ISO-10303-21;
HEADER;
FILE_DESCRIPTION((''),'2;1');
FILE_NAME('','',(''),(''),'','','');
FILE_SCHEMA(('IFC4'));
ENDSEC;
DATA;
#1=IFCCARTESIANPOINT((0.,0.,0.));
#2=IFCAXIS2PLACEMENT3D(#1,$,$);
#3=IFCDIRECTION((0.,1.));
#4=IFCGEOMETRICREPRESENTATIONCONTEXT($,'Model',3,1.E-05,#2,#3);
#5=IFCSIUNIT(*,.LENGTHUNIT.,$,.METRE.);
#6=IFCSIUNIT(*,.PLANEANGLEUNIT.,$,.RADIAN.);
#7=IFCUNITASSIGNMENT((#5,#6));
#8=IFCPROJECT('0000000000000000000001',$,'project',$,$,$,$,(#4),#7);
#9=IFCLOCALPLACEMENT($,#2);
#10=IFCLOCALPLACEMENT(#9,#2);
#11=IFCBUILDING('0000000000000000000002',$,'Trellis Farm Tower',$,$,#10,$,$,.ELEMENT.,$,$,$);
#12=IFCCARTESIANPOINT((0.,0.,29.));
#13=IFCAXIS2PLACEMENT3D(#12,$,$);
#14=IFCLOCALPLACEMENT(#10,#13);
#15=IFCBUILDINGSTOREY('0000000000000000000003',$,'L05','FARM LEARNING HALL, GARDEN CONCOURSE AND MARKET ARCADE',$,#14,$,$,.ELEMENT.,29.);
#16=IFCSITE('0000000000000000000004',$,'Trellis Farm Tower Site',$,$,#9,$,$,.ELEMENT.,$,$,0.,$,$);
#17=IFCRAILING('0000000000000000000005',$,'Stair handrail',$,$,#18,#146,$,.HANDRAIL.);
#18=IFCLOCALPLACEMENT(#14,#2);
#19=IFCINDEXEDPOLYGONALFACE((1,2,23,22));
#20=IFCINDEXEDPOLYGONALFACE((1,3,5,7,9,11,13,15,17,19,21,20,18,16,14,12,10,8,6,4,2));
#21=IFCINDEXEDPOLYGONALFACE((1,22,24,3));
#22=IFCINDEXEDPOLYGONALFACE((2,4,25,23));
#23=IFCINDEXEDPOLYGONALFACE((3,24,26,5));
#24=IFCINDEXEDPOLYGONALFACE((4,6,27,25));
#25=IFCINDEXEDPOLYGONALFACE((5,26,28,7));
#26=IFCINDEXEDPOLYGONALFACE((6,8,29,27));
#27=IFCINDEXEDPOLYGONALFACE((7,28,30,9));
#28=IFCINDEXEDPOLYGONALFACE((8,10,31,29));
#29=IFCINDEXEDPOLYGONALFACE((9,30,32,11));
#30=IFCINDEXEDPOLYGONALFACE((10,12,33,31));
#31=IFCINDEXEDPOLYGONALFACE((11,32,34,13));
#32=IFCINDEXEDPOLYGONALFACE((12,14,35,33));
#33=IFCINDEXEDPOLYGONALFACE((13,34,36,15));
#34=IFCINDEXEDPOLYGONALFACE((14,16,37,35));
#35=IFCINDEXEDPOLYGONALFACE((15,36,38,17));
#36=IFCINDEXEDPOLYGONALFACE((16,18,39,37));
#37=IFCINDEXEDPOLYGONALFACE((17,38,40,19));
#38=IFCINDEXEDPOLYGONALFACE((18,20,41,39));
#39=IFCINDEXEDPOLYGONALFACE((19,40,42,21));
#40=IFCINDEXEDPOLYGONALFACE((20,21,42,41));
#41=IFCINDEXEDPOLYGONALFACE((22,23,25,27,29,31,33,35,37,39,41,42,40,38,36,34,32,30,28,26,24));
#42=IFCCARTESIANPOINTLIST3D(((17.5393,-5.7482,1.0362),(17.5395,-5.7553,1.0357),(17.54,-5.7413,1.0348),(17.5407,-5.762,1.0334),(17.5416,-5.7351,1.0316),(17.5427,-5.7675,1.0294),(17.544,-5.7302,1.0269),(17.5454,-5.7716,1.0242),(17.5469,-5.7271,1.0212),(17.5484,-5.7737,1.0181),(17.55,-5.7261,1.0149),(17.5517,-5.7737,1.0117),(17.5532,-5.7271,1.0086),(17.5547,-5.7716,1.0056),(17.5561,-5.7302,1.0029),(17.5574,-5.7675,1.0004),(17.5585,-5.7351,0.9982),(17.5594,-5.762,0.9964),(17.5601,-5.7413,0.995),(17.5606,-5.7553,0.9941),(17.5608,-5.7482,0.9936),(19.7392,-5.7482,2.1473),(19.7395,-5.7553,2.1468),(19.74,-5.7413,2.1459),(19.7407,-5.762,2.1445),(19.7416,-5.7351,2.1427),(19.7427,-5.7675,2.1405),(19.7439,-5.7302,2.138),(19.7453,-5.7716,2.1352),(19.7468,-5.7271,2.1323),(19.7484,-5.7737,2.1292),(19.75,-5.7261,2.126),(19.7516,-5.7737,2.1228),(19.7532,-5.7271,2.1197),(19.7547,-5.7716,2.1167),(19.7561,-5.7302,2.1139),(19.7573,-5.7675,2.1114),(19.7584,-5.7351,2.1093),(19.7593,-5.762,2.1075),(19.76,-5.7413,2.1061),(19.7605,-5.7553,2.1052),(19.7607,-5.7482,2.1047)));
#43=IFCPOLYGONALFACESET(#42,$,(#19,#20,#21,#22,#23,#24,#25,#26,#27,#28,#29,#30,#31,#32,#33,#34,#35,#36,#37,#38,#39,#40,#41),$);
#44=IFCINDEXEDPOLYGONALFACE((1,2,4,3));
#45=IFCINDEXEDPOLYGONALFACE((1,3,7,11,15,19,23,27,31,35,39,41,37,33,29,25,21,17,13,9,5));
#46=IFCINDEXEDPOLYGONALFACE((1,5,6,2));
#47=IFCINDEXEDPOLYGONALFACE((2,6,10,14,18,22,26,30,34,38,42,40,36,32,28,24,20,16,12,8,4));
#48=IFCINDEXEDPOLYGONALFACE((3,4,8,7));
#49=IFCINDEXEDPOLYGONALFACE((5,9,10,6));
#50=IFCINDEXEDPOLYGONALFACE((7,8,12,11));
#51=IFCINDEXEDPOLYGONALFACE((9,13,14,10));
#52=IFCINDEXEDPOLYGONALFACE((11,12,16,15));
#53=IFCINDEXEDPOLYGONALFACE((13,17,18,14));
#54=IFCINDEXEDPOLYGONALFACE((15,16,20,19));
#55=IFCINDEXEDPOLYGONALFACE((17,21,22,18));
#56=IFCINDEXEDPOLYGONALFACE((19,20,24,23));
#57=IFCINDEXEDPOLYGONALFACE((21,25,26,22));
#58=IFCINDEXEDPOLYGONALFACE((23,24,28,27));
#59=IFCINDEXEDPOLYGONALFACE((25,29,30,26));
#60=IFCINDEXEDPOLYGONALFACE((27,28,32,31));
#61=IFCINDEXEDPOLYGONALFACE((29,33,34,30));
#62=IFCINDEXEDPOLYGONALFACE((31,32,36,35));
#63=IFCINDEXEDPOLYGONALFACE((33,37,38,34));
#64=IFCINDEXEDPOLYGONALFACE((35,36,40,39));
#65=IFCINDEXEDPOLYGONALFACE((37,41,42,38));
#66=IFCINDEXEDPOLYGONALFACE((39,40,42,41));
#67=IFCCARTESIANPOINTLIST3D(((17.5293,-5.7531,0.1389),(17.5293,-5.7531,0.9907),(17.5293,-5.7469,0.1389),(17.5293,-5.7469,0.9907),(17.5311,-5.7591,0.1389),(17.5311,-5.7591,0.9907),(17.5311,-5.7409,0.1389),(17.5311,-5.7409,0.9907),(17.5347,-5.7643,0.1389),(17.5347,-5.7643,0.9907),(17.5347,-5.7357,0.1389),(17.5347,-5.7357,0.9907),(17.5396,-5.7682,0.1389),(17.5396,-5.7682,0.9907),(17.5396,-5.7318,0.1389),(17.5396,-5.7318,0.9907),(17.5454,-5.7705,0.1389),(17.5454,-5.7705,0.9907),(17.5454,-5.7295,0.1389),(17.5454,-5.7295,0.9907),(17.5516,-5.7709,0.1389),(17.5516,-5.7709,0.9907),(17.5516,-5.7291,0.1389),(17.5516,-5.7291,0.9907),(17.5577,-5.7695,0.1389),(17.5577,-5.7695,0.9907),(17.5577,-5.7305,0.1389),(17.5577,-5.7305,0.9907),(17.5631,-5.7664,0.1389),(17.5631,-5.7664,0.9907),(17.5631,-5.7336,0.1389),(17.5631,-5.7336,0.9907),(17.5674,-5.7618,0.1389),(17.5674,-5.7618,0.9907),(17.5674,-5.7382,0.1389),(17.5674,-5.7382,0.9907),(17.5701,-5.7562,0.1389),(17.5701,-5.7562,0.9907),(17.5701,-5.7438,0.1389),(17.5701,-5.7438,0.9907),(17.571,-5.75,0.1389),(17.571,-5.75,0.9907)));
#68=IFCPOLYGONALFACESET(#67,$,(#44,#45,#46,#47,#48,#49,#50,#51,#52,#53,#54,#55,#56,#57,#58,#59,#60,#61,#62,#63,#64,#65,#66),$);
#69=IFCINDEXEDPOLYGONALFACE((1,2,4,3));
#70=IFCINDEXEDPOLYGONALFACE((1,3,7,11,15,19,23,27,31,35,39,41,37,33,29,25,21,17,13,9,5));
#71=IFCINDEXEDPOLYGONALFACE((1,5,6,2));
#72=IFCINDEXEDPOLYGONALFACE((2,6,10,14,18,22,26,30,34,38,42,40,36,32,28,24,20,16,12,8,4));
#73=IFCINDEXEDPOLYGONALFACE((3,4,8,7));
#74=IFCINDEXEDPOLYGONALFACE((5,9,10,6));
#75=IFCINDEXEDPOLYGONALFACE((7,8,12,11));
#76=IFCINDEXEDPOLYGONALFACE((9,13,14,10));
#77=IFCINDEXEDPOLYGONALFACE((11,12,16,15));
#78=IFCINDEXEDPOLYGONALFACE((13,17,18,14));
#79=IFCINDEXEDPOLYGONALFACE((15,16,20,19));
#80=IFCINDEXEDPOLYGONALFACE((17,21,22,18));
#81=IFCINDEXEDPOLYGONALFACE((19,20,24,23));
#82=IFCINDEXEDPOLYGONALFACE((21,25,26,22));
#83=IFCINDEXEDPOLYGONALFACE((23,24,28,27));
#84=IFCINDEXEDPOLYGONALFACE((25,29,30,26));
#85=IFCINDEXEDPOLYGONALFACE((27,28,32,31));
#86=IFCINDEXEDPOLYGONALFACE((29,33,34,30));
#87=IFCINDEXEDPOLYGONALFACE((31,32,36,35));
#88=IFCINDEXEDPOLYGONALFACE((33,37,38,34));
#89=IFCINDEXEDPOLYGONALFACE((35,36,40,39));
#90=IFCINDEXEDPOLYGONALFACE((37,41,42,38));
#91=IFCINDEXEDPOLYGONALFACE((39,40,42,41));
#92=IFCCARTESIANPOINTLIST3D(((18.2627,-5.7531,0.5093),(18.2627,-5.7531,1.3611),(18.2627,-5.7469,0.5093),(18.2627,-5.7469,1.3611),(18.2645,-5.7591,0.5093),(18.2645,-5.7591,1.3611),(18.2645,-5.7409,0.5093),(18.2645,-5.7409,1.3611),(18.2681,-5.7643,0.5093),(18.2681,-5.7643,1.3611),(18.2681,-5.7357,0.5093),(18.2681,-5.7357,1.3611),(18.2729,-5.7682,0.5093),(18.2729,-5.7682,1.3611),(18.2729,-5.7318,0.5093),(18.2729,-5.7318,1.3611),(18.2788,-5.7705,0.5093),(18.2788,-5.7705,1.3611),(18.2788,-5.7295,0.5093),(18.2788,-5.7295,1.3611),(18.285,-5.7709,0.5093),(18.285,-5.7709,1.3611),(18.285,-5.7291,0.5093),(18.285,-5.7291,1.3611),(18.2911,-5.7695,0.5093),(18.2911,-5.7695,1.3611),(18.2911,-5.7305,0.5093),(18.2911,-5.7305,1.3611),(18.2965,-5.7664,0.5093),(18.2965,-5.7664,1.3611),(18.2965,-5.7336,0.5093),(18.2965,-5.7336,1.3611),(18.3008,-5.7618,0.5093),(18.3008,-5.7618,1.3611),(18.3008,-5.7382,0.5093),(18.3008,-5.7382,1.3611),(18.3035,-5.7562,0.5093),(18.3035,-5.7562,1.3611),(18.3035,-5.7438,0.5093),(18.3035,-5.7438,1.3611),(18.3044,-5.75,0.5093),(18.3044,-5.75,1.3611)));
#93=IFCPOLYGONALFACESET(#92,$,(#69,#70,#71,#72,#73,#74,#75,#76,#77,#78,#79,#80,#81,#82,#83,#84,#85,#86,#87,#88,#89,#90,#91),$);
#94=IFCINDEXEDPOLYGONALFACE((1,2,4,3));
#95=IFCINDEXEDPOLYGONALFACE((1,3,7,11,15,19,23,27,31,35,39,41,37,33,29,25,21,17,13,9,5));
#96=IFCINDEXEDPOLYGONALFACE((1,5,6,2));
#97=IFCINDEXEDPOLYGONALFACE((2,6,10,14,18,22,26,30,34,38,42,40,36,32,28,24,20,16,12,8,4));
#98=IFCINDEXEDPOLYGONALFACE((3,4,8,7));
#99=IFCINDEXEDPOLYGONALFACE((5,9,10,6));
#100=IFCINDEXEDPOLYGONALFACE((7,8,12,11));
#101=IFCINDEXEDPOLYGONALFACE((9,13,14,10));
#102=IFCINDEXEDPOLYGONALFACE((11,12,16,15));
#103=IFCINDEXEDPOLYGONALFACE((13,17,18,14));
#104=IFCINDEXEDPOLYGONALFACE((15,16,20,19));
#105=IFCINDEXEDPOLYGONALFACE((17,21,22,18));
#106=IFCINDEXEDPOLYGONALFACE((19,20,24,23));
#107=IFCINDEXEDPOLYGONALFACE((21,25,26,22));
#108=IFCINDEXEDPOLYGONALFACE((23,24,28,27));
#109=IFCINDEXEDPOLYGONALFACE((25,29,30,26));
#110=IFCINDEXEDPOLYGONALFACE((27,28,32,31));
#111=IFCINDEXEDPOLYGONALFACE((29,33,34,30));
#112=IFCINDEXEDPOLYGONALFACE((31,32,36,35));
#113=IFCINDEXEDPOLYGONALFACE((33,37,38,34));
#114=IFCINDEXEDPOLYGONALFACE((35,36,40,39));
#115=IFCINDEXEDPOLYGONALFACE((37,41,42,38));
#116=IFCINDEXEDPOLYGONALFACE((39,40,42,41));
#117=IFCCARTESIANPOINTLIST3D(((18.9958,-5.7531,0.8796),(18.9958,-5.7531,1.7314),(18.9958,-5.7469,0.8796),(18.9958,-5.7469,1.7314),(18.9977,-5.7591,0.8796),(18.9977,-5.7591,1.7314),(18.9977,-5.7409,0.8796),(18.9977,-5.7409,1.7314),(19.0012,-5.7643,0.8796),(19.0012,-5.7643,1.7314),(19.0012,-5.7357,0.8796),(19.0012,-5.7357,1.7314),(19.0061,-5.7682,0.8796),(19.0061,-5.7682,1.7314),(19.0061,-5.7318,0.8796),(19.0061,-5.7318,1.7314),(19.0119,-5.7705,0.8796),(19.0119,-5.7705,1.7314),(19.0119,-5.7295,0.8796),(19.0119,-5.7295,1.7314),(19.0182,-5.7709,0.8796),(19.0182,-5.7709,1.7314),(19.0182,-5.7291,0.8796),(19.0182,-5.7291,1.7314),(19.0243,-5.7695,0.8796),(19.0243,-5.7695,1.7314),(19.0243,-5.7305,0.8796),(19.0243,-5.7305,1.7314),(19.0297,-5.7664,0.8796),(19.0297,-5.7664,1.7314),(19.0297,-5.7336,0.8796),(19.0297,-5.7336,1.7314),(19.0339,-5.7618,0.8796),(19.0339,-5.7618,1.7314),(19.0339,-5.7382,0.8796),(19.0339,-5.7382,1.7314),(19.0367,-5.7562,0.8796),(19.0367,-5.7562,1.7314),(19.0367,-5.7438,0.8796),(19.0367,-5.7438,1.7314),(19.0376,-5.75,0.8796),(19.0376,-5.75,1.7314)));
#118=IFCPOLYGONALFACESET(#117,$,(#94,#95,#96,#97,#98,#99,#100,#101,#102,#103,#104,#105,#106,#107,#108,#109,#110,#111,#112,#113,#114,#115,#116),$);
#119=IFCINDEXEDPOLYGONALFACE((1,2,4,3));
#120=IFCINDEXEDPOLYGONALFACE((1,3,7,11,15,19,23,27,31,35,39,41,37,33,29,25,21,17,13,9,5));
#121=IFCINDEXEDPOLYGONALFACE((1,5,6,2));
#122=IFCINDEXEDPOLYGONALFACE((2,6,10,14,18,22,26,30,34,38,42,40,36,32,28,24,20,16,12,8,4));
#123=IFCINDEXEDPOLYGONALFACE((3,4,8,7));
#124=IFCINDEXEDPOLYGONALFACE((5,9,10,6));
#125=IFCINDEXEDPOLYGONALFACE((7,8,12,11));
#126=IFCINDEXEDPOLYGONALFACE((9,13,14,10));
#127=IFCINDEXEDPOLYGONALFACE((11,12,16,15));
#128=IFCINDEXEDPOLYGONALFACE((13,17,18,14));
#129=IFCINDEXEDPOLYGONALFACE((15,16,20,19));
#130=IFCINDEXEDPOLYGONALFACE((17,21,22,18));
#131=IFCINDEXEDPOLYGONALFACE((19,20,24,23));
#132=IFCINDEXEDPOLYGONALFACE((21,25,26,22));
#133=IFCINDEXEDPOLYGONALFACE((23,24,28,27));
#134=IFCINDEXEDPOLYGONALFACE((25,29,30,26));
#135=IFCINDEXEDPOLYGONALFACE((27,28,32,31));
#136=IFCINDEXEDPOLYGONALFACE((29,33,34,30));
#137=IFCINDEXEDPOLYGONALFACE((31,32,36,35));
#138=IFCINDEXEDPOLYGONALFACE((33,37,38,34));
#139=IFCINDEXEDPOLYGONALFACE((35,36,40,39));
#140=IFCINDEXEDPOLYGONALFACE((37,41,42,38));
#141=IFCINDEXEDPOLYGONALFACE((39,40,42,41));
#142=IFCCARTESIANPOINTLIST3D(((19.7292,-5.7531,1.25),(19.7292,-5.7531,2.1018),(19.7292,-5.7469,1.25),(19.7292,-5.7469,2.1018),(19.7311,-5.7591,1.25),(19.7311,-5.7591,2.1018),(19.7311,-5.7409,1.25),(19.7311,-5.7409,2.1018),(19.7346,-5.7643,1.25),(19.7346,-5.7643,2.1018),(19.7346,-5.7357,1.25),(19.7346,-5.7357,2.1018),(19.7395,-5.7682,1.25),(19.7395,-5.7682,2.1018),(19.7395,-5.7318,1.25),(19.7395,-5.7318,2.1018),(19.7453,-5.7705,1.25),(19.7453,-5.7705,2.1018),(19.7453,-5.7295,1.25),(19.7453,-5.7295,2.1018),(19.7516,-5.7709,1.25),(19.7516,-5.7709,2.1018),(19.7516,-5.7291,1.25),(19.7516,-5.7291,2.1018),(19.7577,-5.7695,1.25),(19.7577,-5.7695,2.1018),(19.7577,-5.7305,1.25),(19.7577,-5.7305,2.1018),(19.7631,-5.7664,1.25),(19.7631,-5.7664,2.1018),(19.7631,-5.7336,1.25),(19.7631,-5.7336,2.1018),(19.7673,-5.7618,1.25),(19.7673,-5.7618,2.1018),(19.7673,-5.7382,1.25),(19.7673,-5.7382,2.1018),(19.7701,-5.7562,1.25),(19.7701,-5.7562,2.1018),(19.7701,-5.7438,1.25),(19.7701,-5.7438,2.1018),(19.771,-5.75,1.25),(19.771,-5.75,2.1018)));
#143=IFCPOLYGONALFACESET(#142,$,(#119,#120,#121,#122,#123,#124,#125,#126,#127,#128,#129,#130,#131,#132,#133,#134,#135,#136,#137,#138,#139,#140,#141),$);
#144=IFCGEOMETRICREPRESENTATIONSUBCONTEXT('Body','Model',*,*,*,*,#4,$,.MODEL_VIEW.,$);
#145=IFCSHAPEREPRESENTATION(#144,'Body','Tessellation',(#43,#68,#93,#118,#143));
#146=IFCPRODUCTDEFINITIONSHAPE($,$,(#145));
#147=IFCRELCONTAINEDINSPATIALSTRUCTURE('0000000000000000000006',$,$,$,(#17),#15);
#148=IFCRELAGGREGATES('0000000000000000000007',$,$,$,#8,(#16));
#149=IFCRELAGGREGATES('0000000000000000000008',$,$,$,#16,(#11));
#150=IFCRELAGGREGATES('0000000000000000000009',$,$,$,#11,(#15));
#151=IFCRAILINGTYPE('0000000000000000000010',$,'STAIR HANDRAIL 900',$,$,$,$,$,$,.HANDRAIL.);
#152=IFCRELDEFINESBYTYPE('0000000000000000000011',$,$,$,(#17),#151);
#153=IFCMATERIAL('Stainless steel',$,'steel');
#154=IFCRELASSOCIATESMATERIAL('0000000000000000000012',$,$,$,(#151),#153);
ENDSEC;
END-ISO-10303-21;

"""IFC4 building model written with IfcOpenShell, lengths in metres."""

from ifc_helpers import new_model, si_unit, direction, frame, origin, origin_2d, place, context, subcontext, project, spatial, circle, extrude, source, transform, mapped, material, type_object, element, save


model = new_model("IFC4")

# Units and contexts
model_context = context("Model", 3, precision=1e-05, world=origin(), true_north=direction((0.0, 1.0)))
body_context = subcontext(model_context, "Body", "Model", "MODEL_VIEW")
ifc_project = project(units=[si_unit("LENGTHUNIT", "METRE"), si_unit("PLANEANGLEUNIT", "RADIAN")], contexts=[model_context])

# Site, building, storey
site_placement = place(None, origin())
site = spatial("IfcSite", under=ifc_project, at=site_placement, Name="Trellis Farm Tower Site", CompositionType="ELEMENT", RefElevation=0.0)
building_placement = place(site_placement, origin())
building = spatial("IfcBuilding", under=site, at=building_placement, Name="Trellis Farm Tower", CompositionType="ELEMENT")
storey_placement = place(building_placement, frame((0.0, 0.0, 29.0)))
storey = spatial("IfcBuildingStorey", under=building, at=storey_placement, Name="L05", Description="FARM LEARNING HALL, GARDEN CONCOURSE AND MARKET ARCADE", CompositionType="ELEMENT", Elevation=29.0)

# Railing
ifc_material_1 = material(Name="Stainless steel", Category="steel")
railing_type = type_object("IfcRailingType", Name="STAIR HANDRAIL 900", PredefinedType="HANDRAIL", material=ifc_material_1)
shared_shape_1 = source(origin(), body_context, "Body", "SweptSolid", [
    extrude(circle(Radius=0.0239, at=origin_2d()), frame((0.0, 0.0, 0.876), z_axis=(0.892617, 0.0, 0.450816), x_axis=(0.0, 1.0, 0.0)), (0.0, 0.0, 1.0), 2.4646),
    extrude(circle(Radius=0.021, at=origin_2d()), origin(), (0.0, 0.0, 1.0), 0.8518),
    extrude(circle(Radius=0.021, at=origin_2d()), frame((0.7334, 0.0, 0.3704)), (0.0, 0.0, 1.0), 0.8518),
    extrude(circle(Radius=0.021, at=origin_2d()), frame((1.4666, 0.0, 0.7407)), (0.0, 0.0, 1.0), 0.8518),
    extrude(circle(Radius=0.021, at=origin_2d()), frame((2.2, 0.0, 1.1111)), (0.0, 0.0, 1.0), 0.8518),
])
for number, where, name in (
    (1, (17.55, -5.75, 0.1389), "Stair handrail"),
):
    element("IfcRailing", number, at=place(storey_placement, frame(where)), inside=storey, type_object=railing_type, Name=name, PredefinedType="HANDRAIL", context=body_context, shape_type="MappedRepresentation", body=[
        mapped(shared_shape_1, transform((0.0, 0.0, 0.0))),
    ])

save(model, "model.ifc")
